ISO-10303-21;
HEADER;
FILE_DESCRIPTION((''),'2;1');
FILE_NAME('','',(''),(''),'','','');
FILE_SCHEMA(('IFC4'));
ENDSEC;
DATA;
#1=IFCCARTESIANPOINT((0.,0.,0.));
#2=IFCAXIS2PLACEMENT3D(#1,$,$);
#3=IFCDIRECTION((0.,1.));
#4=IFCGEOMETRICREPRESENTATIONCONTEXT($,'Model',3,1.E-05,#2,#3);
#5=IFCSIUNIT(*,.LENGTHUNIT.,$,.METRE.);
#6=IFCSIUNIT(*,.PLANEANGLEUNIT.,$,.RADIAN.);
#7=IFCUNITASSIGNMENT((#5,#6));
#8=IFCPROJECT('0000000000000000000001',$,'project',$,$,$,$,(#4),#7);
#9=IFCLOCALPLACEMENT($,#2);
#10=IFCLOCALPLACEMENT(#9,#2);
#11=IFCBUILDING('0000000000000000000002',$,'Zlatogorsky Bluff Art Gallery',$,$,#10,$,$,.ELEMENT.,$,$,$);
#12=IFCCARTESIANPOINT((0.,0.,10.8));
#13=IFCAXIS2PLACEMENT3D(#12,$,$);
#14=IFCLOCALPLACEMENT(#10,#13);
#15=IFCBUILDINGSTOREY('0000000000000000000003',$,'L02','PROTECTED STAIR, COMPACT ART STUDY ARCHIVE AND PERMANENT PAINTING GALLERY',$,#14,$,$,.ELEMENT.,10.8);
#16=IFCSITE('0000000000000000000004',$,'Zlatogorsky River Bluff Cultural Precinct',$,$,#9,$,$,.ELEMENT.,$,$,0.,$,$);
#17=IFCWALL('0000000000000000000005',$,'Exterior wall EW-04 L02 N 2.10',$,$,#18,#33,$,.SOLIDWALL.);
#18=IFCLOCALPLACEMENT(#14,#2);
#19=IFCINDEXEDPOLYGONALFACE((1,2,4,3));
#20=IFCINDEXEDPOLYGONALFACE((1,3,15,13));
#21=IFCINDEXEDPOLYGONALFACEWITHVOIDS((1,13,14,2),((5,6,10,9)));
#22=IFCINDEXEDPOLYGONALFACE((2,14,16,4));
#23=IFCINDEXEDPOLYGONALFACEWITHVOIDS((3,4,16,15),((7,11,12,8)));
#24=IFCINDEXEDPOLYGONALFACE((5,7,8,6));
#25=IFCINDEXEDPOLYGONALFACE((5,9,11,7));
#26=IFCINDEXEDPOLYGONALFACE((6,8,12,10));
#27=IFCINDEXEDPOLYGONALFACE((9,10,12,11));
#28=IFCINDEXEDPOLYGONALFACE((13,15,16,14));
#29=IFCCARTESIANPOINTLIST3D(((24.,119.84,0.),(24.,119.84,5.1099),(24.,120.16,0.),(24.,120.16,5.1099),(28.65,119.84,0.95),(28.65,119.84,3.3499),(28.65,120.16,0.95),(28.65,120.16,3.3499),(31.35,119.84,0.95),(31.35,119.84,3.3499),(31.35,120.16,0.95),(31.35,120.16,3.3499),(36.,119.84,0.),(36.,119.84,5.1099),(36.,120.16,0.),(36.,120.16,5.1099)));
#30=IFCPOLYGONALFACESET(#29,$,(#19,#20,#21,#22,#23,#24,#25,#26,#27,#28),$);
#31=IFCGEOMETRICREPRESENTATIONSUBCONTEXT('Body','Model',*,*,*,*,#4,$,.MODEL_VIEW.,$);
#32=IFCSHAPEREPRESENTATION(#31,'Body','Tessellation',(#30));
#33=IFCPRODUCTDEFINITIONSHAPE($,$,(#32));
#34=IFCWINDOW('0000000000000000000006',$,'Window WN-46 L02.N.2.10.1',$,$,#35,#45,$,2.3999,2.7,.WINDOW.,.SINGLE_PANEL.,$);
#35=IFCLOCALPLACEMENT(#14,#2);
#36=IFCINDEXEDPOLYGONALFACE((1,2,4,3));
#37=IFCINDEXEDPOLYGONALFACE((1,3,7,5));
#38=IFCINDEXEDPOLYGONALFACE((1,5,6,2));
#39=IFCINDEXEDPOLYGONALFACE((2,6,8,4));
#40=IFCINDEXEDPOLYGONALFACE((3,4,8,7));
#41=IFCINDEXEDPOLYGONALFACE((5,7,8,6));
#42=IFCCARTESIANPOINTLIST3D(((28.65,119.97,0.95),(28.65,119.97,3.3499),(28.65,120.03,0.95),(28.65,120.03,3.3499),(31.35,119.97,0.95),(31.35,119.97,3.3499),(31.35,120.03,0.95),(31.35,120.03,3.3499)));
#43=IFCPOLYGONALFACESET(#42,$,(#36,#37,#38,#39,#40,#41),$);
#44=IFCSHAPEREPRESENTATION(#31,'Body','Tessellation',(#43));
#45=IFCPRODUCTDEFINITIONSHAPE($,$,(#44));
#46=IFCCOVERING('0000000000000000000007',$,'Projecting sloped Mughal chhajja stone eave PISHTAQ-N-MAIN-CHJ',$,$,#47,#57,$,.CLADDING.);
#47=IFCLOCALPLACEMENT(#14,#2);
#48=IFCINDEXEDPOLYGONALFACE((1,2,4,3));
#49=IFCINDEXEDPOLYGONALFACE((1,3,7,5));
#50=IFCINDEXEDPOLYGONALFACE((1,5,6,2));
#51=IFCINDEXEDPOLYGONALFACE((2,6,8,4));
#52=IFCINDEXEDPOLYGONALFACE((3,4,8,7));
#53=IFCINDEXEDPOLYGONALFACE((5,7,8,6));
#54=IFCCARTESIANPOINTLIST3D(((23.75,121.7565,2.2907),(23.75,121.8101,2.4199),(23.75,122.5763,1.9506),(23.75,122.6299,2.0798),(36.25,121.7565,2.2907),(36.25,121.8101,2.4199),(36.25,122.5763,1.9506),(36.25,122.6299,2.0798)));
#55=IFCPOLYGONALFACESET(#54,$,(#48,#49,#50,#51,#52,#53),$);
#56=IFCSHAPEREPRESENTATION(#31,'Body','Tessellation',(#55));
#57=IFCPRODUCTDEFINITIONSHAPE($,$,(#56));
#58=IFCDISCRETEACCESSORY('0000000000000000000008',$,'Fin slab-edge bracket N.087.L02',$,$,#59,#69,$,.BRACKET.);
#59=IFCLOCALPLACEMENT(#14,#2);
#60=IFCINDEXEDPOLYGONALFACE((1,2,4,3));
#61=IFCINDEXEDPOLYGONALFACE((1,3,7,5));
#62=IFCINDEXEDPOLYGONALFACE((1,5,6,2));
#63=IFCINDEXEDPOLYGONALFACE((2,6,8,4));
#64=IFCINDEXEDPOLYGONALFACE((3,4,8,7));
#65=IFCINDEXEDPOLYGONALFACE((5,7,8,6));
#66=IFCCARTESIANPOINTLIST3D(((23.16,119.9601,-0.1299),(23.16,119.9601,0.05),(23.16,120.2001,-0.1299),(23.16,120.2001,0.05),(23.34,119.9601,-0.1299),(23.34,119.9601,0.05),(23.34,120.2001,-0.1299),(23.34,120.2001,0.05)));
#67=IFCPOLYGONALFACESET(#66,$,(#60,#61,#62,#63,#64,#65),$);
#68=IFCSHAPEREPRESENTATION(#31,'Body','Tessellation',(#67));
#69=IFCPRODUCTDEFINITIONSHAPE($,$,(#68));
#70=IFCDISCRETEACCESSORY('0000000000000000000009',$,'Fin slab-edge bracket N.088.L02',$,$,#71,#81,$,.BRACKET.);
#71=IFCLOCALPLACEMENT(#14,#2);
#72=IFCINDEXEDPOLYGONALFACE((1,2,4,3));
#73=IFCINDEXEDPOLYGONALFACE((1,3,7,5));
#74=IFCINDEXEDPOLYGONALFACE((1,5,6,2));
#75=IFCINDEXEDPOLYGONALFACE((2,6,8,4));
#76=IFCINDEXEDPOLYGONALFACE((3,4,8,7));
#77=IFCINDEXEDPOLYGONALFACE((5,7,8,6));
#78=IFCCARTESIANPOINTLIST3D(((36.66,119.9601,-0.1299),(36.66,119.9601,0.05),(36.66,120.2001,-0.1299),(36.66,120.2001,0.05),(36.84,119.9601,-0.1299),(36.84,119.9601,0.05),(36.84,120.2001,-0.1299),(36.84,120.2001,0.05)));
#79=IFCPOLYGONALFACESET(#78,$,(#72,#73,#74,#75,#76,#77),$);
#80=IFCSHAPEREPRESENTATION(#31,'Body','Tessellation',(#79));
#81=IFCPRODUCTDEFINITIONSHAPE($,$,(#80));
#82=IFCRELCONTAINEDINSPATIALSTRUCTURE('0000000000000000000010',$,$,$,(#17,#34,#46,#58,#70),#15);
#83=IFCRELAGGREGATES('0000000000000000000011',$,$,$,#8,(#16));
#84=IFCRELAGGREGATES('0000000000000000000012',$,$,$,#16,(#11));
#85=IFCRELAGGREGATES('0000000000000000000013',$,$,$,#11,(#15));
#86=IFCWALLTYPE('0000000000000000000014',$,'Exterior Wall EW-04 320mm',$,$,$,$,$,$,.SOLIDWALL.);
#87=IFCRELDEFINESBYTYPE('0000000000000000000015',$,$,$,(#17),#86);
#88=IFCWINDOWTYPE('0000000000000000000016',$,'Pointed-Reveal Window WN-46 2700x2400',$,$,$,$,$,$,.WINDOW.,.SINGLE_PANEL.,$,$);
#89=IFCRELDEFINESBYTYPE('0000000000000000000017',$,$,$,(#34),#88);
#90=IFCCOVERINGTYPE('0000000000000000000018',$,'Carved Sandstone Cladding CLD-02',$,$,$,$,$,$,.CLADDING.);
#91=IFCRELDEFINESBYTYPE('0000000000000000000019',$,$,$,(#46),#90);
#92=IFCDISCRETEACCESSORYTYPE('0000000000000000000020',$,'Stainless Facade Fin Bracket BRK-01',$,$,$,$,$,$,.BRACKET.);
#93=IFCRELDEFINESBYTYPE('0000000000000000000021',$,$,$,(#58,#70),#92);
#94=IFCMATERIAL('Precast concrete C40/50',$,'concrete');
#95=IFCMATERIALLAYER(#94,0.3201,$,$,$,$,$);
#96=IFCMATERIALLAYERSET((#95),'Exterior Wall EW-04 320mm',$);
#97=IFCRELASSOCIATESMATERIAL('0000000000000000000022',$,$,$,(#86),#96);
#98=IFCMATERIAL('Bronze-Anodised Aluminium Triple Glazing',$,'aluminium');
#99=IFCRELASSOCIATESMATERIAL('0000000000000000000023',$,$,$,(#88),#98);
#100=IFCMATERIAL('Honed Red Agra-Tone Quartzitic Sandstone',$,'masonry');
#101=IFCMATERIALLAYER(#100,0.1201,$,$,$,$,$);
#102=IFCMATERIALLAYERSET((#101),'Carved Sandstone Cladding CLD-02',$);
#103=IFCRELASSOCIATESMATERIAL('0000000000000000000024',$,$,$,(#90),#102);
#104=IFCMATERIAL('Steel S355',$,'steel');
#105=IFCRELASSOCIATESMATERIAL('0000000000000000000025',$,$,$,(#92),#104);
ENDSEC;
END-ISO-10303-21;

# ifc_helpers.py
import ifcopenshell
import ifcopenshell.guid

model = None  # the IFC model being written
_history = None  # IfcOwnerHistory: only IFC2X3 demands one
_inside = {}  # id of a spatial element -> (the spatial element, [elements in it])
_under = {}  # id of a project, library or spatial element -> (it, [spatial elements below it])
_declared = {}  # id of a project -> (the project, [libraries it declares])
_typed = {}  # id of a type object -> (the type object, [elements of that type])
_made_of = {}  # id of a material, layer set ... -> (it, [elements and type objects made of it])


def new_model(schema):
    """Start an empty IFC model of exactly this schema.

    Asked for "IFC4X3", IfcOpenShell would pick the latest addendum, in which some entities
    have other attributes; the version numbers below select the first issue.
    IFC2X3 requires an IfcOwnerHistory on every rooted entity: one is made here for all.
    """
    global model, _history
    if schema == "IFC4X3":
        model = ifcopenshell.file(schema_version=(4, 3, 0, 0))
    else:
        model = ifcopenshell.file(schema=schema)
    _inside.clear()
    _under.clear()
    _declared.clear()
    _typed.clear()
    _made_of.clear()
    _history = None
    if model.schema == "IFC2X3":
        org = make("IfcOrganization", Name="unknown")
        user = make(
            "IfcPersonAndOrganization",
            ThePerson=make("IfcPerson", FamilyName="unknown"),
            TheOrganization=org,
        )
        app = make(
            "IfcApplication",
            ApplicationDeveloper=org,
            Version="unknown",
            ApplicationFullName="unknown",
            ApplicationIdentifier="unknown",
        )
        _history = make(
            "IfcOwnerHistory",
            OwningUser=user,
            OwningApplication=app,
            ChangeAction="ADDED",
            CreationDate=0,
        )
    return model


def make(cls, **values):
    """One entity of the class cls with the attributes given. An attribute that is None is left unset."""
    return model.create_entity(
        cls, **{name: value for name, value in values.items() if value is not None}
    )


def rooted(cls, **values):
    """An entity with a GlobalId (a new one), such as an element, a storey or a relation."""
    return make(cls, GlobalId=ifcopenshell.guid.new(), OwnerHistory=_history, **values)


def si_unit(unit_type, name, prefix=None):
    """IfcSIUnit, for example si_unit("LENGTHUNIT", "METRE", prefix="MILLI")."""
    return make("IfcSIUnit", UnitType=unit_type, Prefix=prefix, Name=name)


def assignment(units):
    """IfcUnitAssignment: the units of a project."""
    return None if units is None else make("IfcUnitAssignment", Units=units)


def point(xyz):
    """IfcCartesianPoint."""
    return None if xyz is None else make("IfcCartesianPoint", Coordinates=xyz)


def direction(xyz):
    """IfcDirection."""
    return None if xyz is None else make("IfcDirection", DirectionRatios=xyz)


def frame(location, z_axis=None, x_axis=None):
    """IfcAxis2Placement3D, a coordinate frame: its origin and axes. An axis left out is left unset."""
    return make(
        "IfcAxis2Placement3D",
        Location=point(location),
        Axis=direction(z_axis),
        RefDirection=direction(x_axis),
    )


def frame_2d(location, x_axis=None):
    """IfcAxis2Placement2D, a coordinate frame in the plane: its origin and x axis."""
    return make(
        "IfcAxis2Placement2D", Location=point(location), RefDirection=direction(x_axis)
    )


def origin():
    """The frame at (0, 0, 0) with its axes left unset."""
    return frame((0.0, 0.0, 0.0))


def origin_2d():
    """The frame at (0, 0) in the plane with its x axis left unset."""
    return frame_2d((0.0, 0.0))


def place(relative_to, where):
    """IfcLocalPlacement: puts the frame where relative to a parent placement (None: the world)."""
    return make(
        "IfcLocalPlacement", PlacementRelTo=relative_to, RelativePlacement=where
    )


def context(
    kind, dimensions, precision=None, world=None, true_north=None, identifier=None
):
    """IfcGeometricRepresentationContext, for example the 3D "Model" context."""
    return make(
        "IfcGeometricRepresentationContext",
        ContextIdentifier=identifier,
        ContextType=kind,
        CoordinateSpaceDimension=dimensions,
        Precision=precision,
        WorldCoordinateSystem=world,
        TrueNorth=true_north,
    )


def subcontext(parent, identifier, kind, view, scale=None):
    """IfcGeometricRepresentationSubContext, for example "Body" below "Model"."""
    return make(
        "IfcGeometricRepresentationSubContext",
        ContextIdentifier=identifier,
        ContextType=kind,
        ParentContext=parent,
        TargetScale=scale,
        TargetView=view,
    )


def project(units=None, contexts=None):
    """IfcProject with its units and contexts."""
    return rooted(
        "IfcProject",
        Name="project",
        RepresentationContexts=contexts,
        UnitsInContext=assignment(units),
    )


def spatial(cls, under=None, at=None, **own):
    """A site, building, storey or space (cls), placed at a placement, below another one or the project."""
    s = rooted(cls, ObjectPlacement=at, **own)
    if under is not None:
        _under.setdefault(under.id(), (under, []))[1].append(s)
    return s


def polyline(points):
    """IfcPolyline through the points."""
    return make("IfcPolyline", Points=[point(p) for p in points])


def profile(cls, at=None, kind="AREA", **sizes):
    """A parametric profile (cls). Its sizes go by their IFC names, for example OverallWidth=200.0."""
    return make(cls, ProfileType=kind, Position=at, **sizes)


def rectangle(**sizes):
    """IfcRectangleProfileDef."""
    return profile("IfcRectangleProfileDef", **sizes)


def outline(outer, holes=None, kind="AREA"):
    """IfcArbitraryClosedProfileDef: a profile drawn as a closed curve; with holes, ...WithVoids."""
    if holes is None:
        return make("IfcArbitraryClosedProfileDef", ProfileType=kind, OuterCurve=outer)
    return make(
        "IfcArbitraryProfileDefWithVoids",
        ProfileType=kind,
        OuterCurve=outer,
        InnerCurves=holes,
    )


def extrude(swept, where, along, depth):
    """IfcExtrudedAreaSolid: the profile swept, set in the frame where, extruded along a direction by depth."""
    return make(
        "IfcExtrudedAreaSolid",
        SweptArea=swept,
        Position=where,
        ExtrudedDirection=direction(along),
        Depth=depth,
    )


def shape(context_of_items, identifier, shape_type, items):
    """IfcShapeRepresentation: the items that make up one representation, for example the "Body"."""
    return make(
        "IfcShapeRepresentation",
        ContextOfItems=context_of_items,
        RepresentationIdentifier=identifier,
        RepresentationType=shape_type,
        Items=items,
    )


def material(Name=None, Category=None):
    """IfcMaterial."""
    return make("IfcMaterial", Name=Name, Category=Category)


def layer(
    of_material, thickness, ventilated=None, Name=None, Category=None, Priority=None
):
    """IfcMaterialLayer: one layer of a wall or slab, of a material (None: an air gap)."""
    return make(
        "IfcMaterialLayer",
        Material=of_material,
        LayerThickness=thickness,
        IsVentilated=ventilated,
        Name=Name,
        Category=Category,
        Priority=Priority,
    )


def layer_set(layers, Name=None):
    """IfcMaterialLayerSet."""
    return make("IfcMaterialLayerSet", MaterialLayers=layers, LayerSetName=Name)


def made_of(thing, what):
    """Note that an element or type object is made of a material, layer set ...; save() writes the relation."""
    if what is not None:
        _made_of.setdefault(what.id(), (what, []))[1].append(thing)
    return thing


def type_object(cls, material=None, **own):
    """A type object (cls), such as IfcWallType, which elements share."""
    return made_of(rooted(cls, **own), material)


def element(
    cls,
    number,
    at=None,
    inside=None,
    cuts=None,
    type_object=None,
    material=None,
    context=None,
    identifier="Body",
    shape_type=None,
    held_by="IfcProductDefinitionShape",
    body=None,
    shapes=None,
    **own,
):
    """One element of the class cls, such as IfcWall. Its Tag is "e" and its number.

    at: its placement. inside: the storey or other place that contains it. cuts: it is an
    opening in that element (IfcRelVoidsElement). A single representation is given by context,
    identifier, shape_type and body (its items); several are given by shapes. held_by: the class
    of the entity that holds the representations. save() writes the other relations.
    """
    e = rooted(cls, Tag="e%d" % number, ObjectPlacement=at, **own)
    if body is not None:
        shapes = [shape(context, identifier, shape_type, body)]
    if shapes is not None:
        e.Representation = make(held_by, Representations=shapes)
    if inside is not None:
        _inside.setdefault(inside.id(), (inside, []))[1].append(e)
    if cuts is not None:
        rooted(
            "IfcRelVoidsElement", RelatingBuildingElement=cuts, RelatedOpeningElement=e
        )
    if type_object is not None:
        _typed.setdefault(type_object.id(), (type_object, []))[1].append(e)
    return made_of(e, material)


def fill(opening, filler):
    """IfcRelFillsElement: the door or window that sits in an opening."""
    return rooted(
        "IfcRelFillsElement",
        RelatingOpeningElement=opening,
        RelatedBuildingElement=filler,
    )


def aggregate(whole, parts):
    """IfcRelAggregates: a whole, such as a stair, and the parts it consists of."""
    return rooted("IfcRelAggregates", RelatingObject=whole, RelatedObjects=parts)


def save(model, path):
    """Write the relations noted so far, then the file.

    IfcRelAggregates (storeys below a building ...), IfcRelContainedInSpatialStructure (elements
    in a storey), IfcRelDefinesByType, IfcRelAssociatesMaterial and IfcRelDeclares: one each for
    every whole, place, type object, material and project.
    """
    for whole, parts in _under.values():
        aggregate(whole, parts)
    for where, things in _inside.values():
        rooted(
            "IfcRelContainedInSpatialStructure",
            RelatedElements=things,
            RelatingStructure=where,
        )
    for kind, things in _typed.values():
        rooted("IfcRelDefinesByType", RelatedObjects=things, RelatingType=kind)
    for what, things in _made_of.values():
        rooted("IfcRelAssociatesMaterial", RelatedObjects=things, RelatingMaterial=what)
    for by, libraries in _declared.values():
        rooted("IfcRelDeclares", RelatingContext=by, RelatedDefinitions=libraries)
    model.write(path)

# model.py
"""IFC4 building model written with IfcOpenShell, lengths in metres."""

from ifc_helpers import new_model, si_unit, direction, frame, frame_2d, origin, origin_2d, place, context, subcontext, project, spatial, polyline, rectangle, outline, extrude, material, layer, layer_set, type_object, element, fill, save


model = new_model("IFC4")

# Units and contexts
model_context = context("Model", 3, precision=1e-05, world=origin(), true_north=direction((0.0, 1.0)))
body_context = subcontext(model_context, "Body", "Model", "MODEL_VIEW")
ifc_project = project(units=[si_unit("LENGTHUNIT", "METRE"), si_unit("PLANEANGLEUNIT", "RADIAN")], contexts=[model_context])

# Site, building, storey
site_placement = place(None, origin())
site = spatial("IfcSite", under=ifc_project, at=site_placement, Name="Zlatogorsky River Bluff Cultural Precinct", CompositionType="ELEMENT", RefElevation=0.0)
building_placement = place(site_placement, origin())
building = spatial("IfcBuilding", under=site, at=building_placement, Name="Zlatogorsky Bluff Art Gallery", CompositionType="ELEMENT")
storey_placement = place(building_placement, frame((0.0, 0.0, 10.8)))
storey = spatial("IfcBuildingStorey", under=building, at=storey_placement, Name="L02", Description="PROTECTED STAIR, COMPACT ART STUDY ARCHIVE AND PERMANENT PAINTING GALLERY", CompositionType="ELEMENT", Elevation=10.8)

# Shared definitions
ifc_material_1 = material(Name="Steel S355", Category="steel")

# Wall, opening, window
ifc_material_2 = material(Name="Precast concrete C40/50", Category="concrete")
ifc_layer_1 = layer(ifc_material_2, 0.3201)
ifc_layer_set_1 = layer_set([ifc_layer_1], Name="Exterior Wall EW-04 320mm")
wall_type = type_object("IfcWallType", Name="Exterior Wall EW-04 320mm", PredefinedType="SOLIDWALL", material=ifc_layer_set_1)
wall_placement = place(storey_placement, frame((36.0, 120.0, 0.0), z_axis=(0.0, 0.0, 1.0), x_axis=(-1.0, 0.0, 0.0)))
wall = element("IfcWall", 1, at=wall_placement, inside=storey, type_object=wall_type, Name="Exterior wall EW-04 L02 N 2.10", PredefinedType="SOLIDWALL", context=body_context, shape_type="SweptSolid", body=[
    extrude(rectangle(XDim=12.0, YDim=0.3201, at=frame_2d((6.0, 0.0))), origin(), (0.0, 0.0, 1.0), 5.1099),
])
opening_placement = place(wall_placement, frame((4.6499, 0.0, 0.95)))
opening = element("IfcOpeningElement", 2, at=opening_placement, cuts=wall, PredefinedType="OPENING", context=body_context, shape_type="SweptSolid", body=[
    extrude(rectangle(XDim=2.7, YDim=2.3999, at=frame_2d((1.3501, 1.2))), frame((0.0, 0.1699, 0.0), z_axis=(0.0, -1.0, 0.0), x_axis=(1.0, 0.0, 0.0)), (0.0, 0.0, 1.0), 0.3401),
])
ifc_material_3 = material(Name="Bronze-Anodised Aluminium Triple Glazing", Category="aluminium")
window_type = type_object("IfcWindowType", Name="Pointed-Reveal Window WN-46 2700x2400", PartitioningType="SINGLE_PANEL", PredefinedType="WINDOW", material=ifc_material_3)
window_placement = place(opening_placement, origin())
window = element("IfcWindow", 3, at=window_placement, inside=storey, type_object=window_type, Name="Window WN-46 L02.N.2.10.1", OverallHeight=2.3999, OverallWidth=2.7, PartitioningType="SINGLE_PANEL", PredefinedType="WINDOW", context=body_context, shape_type="SweptSolid", body=[
    extrude(rectangle(XDim=2.7, YDim=2.3999, at=frame_2d((1.3501, 1.2))), frame((0.0, 0.03, 0.0), z_axis=(0.0, -1.0, 0.0), x_axis=(1.0, 0.0, 0.0)), (0.0, 0.0, 1.0), 0.0601),
])
fill(opening, window)

# Covering
ifc_material_4 = material(Name="Honed Red Agra-Tone Quartzitic Sandstone", Category="masonry")
ifc_layer_2 = layer(ifc_material_4, 0.1201)
ifc_layer_set_2 = layer_set([ifc_layer_2], Name="Carved Sandstone Cladding CLD-02")
covering_type = type_object("IfcCoveringType", Name="Carved Sandstone Cladding CLD-02", PredefinedType="CLADDING", material=ifc_layer_set_2)
covering_placement = place(storey_placement, frame((23.75, 121.8101, 2.4199), z_axis=(0.0, 0.38317, 0.923678), x_axis=(1.0, 0.0, 0.0)))
element("IfcCovering", 4, at=covering_placement, inside=storey, type_object=covering_type, Name="Projecting sloped Mughal chhajja stone eave PISHTAQ-N-MAIN-CHJ", PredefinedType="CLADDING", context=body_context, shape_type="SweptSolid", body=[
    extrude(outline(polyline([(0.0, 0.0), (12.5, 0.0), (12.5, 0.8876), (0.0, 0.8876), (0.0, 0.0)])), origin(), (0.0, 0.0, -1.0), 0.1399),
])

# Discrete accessories
discrete_accessory_type = type_object("IfcDiscreteAccessoryType", Name="Stainless Facade Fin Bracket BRK-01", PredefinedType="BRACKET", material=ifc_material_1)
for number, where, z_axis, x_axis, name in (
    (5, (23.25, 120.0801, -0.1299), (0.0, 0.0, 1.0), (1.0, 0.0, 0.0), "Fin slab-edge bracket N.087.L02"),
    (6, (36.75, 120.0801, -0.1299), (0.0, 0.0, 1.0), (1.0, 0.0, 0.0), "Fin slab-edge bracket N.088.L02"),
):
    element("IfcDiscreteAccessory", number, at=place(storey_placement, frame(where, z_axis=z_axis, x_axis=x_axis)), inside=storey, type_object=discrete_accessory_type, Name=name, PredefinedType="BRACKET", context=body_context, shape_type="SweptSolid", body=[
        extrude(rectangle(XDim=0.1799, YDim=0.24, at=origin_2d()), origin(), (0.0, 0.0, 1.0), 0.1799),
    ])

save(model, "model.ifc")
